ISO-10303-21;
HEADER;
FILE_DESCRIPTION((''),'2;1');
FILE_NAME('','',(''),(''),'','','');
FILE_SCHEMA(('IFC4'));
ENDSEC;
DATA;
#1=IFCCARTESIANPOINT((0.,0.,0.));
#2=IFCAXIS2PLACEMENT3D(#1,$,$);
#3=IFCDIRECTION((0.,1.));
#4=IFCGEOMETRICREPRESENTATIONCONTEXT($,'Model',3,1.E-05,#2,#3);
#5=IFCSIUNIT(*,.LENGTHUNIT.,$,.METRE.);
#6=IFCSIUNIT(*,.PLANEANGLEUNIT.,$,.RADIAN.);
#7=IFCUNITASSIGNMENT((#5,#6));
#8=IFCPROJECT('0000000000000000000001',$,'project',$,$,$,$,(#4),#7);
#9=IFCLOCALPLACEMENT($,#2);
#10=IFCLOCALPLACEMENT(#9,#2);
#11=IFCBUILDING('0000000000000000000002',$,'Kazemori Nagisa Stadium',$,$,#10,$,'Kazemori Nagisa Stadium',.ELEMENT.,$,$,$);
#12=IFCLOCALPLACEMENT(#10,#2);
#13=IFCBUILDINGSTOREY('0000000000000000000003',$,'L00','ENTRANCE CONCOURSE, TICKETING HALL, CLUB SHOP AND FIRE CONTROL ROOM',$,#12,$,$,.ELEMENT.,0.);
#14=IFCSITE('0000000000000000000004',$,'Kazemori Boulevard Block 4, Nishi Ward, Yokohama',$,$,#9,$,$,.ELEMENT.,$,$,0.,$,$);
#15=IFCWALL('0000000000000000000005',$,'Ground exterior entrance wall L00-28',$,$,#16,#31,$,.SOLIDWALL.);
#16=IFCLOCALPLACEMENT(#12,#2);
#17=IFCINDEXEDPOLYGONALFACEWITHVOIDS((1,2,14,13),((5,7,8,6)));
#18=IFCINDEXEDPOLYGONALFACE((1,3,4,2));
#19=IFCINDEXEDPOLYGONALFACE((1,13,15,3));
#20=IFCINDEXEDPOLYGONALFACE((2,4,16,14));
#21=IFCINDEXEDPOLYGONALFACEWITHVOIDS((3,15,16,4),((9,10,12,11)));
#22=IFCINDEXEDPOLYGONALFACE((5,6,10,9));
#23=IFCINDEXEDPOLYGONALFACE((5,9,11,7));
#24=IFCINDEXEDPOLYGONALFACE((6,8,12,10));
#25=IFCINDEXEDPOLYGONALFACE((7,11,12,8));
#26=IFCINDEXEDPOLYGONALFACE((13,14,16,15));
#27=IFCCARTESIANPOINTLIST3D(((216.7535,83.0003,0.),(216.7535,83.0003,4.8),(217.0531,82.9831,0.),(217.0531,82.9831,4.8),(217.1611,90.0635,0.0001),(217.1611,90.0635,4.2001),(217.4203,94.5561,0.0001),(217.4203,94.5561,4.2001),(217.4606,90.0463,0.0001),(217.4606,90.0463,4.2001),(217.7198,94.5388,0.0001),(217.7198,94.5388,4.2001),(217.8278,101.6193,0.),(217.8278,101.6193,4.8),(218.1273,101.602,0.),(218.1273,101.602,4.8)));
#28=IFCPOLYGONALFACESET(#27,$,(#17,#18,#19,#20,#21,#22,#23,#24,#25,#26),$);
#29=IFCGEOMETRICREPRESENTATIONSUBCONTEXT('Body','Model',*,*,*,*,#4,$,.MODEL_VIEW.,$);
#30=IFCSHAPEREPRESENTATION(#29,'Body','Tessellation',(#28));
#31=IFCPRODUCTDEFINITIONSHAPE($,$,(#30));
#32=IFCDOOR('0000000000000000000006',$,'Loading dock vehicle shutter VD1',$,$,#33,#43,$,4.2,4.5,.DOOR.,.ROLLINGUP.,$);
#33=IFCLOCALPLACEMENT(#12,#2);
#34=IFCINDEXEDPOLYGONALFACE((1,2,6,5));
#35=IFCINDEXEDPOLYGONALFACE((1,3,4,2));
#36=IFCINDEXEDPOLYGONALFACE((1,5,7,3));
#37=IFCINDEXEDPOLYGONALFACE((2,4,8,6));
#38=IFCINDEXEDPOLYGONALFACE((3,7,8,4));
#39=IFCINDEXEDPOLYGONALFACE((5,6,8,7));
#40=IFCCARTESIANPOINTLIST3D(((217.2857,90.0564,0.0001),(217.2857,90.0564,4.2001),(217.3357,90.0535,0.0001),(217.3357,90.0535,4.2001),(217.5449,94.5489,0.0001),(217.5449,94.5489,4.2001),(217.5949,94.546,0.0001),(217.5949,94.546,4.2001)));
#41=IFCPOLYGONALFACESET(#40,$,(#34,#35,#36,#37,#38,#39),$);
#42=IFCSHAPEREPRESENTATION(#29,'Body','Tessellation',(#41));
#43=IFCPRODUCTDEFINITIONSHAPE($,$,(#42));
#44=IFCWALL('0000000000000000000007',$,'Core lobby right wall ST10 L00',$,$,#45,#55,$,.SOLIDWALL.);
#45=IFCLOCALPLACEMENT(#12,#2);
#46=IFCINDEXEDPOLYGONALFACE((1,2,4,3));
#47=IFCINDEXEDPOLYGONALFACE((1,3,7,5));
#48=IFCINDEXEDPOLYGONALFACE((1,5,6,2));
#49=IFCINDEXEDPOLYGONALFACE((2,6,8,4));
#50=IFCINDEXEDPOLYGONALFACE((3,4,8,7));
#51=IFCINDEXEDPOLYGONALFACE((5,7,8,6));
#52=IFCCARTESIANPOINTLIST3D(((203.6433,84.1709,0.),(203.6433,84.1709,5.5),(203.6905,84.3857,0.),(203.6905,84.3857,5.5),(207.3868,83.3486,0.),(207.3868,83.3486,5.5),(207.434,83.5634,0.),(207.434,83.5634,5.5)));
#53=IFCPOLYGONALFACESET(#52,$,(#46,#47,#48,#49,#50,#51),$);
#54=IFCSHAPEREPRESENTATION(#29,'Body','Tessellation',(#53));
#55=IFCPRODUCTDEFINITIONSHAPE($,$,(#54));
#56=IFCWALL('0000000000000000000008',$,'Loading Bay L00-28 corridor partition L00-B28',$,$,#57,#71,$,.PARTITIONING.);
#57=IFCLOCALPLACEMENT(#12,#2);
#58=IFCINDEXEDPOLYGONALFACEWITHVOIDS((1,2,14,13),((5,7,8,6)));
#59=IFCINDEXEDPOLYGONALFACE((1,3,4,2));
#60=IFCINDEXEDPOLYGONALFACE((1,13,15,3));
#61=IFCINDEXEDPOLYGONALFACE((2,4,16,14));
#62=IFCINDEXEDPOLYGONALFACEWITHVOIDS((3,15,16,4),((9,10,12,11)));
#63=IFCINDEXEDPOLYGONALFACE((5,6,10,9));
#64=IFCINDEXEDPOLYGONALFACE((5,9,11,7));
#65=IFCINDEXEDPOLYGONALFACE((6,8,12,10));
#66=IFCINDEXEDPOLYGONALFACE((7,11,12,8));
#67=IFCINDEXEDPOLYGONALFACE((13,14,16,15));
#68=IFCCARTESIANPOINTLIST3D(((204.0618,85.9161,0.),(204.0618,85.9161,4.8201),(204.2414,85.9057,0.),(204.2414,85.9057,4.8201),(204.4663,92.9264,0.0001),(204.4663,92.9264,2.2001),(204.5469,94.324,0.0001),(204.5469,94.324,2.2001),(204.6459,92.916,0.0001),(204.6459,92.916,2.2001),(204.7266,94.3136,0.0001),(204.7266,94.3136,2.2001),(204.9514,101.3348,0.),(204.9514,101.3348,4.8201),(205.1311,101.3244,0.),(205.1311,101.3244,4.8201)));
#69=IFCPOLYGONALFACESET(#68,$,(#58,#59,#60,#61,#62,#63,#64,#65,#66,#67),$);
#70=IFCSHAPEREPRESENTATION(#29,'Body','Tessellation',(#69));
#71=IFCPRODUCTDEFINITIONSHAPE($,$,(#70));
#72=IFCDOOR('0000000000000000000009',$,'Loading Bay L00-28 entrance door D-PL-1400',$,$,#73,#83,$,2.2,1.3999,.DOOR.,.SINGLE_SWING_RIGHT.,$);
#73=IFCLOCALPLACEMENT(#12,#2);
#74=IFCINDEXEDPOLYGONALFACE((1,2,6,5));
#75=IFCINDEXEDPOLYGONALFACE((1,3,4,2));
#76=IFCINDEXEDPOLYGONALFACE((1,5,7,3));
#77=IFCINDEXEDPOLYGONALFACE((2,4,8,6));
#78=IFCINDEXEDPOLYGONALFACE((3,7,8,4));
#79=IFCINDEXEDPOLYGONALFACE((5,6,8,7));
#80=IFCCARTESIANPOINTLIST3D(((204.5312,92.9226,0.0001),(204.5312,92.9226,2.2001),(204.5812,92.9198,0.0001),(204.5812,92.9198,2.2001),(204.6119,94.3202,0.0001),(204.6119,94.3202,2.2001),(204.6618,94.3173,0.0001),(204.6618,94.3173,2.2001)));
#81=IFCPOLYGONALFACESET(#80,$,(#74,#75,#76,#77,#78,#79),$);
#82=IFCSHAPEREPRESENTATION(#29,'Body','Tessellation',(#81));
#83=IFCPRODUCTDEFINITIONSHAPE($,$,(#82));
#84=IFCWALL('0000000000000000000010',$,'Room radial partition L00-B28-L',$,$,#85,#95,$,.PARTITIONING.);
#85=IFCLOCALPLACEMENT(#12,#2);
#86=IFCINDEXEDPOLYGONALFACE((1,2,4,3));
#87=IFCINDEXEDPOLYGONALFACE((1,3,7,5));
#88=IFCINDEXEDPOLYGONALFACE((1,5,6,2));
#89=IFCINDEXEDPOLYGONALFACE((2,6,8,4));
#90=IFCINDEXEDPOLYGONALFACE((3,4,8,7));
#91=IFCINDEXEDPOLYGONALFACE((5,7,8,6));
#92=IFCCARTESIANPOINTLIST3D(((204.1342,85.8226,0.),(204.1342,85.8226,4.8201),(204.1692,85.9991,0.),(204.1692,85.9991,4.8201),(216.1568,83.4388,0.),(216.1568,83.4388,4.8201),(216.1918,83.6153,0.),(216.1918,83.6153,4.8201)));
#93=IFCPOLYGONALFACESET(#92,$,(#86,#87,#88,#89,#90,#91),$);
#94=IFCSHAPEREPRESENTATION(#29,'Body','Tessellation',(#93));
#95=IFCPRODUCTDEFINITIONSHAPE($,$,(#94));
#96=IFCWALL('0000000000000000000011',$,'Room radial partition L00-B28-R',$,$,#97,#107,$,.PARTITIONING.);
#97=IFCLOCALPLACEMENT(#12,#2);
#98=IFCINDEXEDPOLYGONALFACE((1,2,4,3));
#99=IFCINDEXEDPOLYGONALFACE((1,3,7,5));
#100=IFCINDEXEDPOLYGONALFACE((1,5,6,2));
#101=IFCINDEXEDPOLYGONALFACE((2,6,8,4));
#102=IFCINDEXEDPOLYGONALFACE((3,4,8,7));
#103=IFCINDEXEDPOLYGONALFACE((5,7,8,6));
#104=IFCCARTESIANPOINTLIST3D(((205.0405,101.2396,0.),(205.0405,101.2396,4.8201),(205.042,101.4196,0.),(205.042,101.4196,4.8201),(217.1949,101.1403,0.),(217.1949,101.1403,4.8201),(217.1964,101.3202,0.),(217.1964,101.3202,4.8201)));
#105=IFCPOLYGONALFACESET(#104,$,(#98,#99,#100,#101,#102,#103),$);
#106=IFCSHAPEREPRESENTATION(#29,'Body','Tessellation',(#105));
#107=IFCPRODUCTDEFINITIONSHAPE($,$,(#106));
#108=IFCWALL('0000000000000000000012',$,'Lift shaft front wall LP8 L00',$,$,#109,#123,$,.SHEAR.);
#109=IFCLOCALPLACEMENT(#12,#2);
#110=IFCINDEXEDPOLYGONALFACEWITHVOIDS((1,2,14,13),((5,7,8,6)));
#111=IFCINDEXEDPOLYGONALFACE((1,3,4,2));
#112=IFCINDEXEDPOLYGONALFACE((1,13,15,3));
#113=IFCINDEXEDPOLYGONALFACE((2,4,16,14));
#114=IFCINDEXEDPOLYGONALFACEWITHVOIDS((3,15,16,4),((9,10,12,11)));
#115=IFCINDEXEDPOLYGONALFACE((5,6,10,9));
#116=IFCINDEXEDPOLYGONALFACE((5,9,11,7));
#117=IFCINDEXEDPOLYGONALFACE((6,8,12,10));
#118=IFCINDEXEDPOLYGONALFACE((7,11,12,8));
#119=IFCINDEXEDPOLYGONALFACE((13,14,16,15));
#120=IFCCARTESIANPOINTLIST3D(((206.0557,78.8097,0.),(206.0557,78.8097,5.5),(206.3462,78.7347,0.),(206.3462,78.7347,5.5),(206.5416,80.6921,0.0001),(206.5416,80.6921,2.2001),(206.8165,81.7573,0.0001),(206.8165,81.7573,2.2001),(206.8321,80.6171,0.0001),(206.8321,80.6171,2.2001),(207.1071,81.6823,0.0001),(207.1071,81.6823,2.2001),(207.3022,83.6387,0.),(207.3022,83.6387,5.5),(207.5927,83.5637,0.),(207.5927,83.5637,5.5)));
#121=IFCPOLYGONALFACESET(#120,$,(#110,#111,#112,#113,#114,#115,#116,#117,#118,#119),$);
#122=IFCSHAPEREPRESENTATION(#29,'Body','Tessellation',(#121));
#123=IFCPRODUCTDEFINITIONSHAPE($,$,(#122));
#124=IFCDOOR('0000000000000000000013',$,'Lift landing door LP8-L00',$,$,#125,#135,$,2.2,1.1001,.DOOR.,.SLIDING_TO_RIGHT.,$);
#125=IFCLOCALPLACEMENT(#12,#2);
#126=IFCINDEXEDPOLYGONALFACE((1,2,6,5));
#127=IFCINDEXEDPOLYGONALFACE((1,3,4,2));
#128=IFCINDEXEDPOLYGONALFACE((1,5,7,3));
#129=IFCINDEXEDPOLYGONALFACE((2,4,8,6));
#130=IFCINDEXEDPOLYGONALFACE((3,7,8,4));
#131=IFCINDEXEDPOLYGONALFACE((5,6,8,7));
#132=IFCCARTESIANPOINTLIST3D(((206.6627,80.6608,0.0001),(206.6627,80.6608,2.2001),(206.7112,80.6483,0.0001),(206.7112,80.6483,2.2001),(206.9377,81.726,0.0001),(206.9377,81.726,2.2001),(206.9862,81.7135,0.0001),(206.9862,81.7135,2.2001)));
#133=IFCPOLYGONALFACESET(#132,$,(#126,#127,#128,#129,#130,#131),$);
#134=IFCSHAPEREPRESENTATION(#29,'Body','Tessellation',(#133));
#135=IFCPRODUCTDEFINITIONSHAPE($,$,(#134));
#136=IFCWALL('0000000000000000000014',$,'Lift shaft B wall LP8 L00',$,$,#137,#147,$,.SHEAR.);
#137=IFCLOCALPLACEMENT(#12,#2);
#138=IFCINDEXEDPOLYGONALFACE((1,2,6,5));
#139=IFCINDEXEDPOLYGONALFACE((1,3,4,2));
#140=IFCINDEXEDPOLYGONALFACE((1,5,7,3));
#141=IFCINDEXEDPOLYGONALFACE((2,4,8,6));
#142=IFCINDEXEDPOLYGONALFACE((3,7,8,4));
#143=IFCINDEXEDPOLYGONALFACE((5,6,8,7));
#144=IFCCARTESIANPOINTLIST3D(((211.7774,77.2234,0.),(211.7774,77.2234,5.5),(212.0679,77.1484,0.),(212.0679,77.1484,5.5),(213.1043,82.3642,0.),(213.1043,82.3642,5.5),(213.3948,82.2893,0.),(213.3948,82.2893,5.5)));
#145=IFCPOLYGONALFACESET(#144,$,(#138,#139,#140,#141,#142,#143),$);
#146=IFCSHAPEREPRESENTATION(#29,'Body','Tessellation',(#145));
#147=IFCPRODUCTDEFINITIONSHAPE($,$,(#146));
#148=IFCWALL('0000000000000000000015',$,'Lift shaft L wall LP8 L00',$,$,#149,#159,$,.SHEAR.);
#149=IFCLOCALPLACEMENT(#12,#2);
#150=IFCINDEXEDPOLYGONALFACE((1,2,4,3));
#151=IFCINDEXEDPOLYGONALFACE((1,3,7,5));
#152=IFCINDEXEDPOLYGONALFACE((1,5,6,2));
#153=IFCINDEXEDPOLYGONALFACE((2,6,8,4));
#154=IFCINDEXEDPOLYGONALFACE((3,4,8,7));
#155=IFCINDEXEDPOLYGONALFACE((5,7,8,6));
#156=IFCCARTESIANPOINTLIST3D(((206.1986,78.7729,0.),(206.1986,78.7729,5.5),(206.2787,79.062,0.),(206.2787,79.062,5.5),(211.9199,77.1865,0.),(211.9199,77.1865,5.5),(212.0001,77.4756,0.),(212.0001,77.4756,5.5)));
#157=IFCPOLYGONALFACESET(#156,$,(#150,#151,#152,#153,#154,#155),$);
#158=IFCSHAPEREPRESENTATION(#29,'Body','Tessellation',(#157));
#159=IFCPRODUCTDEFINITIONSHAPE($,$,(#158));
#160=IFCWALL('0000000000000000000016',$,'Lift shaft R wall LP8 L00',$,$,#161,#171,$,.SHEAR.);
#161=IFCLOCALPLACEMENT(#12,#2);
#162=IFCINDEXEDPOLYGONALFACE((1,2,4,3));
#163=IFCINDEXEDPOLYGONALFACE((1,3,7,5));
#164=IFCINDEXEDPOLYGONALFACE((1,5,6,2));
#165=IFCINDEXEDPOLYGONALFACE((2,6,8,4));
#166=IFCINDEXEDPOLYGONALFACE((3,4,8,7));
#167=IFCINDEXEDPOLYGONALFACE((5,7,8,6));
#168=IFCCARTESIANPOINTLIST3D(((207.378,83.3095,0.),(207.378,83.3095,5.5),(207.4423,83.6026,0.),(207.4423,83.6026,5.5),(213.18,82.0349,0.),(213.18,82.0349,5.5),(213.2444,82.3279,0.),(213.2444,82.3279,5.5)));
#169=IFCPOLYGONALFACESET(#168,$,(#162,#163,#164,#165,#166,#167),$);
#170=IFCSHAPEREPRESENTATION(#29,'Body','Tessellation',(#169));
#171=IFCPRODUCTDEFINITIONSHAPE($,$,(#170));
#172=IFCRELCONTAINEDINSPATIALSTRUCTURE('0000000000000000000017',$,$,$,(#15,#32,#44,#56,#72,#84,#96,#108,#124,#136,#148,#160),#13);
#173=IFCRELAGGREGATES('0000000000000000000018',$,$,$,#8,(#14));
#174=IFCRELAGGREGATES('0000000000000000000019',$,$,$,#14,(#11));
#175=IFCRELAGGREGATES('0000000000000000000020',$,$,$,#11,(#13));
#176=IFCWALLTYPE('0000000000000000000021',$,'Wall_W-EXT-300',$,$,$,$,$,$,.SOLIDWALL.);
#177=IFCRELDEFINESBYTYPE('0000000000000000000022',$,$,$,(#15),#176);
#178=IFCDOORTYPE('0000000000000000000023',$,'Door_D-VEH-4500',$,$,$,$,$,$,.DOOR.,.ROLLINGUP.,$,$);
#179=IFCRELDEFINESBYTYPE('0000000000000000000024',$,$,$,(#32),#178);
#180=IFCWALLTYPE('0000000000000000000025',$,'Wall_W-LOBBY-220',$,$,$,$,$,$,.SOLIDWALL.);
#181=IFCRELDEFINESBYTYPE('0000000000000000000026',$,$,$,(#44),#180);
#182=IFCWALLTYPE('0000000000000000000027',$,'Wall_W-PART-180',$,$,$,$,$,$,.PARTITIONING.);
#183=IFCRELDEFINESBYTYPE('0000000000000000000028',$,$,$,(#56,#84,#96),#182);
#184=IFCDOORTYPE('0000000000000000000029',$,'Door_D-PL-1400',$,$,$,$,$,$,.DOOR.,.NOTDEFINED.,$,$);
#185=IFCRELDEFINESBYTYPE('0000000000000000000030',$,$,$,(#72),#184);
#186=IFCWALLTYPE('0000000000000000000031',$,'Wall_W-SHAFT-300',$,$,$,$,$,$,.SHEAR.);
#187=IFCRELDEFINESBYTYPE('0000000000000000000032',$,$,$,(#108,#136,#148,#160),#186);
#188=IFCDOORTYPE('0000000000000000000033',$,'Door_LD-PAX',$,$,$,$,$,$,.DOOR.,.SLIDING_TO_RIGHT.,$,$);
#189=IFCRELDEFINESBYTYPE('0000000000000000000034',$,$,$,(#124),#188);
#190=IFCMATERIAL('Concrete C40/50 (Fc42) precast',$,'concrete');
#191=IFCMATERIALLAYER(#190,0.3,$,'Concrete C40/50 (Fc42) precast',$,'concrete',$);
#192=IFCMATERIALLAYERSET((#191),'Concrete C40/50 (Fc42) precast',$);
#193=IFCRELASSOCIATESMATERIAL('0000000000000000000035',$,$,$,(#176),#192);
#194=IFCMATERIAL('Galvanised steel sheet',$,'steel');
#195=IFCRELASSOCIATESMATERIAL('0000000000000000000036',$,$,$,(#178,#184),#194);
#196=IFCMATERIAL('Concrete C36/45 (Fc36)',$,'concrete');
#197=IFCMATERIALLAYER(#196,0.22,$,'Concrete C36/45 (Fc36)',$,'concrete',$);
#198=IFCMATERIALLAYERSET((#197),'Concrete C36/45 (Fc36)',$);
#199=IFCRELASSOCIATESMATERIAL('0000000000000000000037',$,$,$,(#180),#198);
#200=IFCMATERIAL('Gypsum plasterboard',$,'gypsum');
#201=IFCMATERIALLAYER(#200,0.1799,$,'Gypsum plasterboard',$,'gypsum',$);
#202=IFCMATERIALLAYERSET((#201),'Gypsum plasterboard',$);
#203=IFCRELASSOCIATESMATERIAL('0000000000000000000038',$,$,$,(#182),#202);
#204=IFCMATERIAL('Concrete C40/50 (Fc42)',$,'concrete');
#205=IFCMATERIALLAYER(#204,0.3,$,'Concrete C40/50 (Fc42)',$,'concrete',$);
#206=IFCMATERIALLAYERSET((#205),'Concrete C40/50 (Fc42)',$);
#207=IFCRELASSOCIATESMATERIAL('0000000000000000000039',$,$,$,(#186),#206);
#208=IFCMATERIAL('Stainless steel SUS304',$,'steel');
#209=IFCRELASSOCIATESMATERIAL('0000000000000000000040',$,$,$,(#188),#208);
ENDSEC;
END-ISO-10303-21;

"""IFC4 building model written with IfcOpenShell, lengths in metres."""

from ifc_helpers import new_model, si_unit, direction, frame, frame_2d, origin, place, context, subcontext, project, spatial, rectangle, extrude, material, layer, layer_set, type_object, element, fill, save


model = new_model("IFC4")

# Units and contexts
model_context = context("Model", 3, precision=1e-05, world=origin(), true_north=direction((0.0, 1.0)))
body_context = subcontext(model_context, "Body", "Model", "MODEL_VIEW")
ifc_project = project(units=[si_unit("LENGTHUNIT", "METRE"), si_unit("PLANEANGLEUNIT", "RADIAN")], contexts=[model_context])

# Site, building, storey
site_placement = place(None, origin())
site = spatial("IfcSite", under=ifc_project, at=site_placement, Name="Kazemori Boulevard Block 4, Nishi Ward, Yokohama", CompositionType="ELEMENT", RefElevation=0.0)
building_placement = place(site_placement, origin())
building = spatial("IfcBuilding", under=site, at=building_placement, Name="Kazemori Nagisa Stadium", LongName="Kazemori Nagisa Stadium", CompositionType="ELEMENT")
storey_placement = place(building_placement, origin())
storey = spatial("IfcBuildingStorey", under=building, at=storey_placement, Name="L00", Description="ENTRANCE CONCOURSE, TICKETING HALL, CLUB SHOP AND FIRE CONTROL ROOM", CompositionType="ELEMENT", Elevation=0.0)

# Shared definitions
ifc_material_1 = material(Name="Concrete C40/50 (Fc42)", Category="concrete")

# Wall, opening, door
ifc_material_2 = material(Name="Concrete C40/50 (Fc42) precast", Category="concrete")
ifc_layer_1 = layer(ifc_material_2, 0.3, Name="Concrete C40/50 (Fc42) precast", Category="concrete")
ifc_layer_set_1 = layer_set([ifc_layer_1], Name="Concrete C40/50 (Fc42) precast")
wall_type_1 = type_object("IfcWallType", Name="Wall_W-EXT-300", PredefinedType="SOLIDWALL", material=ifc_layer_set_1)
wall_1_placement = place(storey_placement, frame((216.9033, 82.9917, 0.0), z_axis=(0.0, 0.0, 1.0), x_axis=(0.057599, 0.99834, 0.0)))
wall_1 = element("IfcWall", 1, at=wall_1_placement, inside=storey, type_object=wall_type_1, Name="Ground exterior entrance wall L00-28", PredefinedType="SOLIDWALL", context=body_context, shape_type="SweptSolid", body=[
    extrude(rectangle(XDim=18.6499, YDim=0.3, at=frame_2d((9.325, 0.0))), origin(), (0.0, 0.0, 1.0), 4.8),
])
opening_1_placement = place(wall_1_placement, frame((7.075, 0.0, 0.0)))
opening_1 = element("IfcOpeningElement", 2, at=opening_1_placement, cuts=wall_1, PredefinedType="OPENING", context=body_context, shape_type="SweptSolid", body=[
    extrude(rectangle(XDim=4.5, YDim=4.2, at=frame_2d((2.25, 2.1001))), frame((0.0, 0.1599, 0.0), z_axis=(0.0, -1.0, 0.0), x_axis=(1.0, 0.0, 0.0)), (0.0, 0.0, 1.0), 0.3201),
])
ifc_material_3 = material(Name="Galvanised steel sheet", Category="steel")
door_type_1 = type_object("IfcDoorType", Name="Door_D-VEH-4500", OperationType="ROLLINGUP", PredefinedType="DOOR", material=ifc_material_3)
door_1_placement = place(opening_1_placement, frame((4.5, 0.0, 0.0), z_axis=(0.0, 0.0, 1.0), x_axis=(-1.0, 0.0, 0.0)))
door_1 = element("IfcDoor", 3, at=door_1_placement, inside=storey, type_object=door_type_1, Name="Loading dock vehicle shutter VD1", OperationType="ROLLINGUP", OverallHeight=4.2, OverallWidth=4.5, PredefinedType="DOOR", context=body_context, shape_type="SweptSolid", body=[
    extrude(rectangle(XDim=4.5, YDim=4.2, at=frame_2d((2.25, 2.1001))), frame((0.0, 0.0249, 0.0), z_axis=(0.0, -1.0, 0.0), x_axis=(1.0, 0.0, 0.0)), (0.0, 0.0, 1.0), 0.05),
])
fill(opening_1, door_1)

# Wall
ifc_material_4 = material(Name="Concrete C36/45 (Fc36)", Category="concrete")
ifc_layer_2 = layer(ifc_material_4, 0.22, Name="Concrete C36/45 (Fc36)", Category="concrete")
ifc_layer_set_2 = layer_set([ifc_layer_2], Name="Concrete C36/45 (Fc36)")
wall_type_2 = type_object("IfcWallType", Name="Wall_W-LOBBY-220", PredefinedType="SOLIDWALL", material=ifc_layer_set_2)
wall_2_placement = place(storey_placement, frame((203.6667, 84.2783, 0.0), z_axis=(0.0, 0.0, 1.0), x_axis=(0.976715, -0.214542, 0.0)))
element("IfcWall", 4, at=wall_2_placement, inside=storey, type_object=wall_type_2, Name="Core lobby right wall ST10 L00", PredefinedType="SOLIDWALL", context=body_context, shape_type="SweptSolid", body=[
    extrude(rectangle(XDim=3.8328, YDim=0.22, at=frame_2d((1.9165, 0.0))), origin(), (0.0, 0.0, 1.0), 5.5),
])

# Wall, opening, door
ifc_material_5 = material(Name="Gypsum plasterboard", Category="gypsum")
ifc_layer_3 = layer(ifc_material_5, 0.1799, Name="Gypsum plasterboard", Category="gypsum")
ifc_layer_set_3 = layer_set([ifc_layer_3], Name="Gypsum plasterboard")
wall_type_3 = type_object("IfcWallType", Name="Wall_W-PART-180", PredefinedType="PARTITIONING", material=ifc_layer_set_3)
wall_3_placement = place(storey_placement, frame((204.1516, 85.9109, 0.0), z_axis=(0.0, 0.0, 1.0), x_axis=(0.057604, 0.99834, 0.0)))
wall_3 = element("IfcWall", 5, at=wall_3_placement, inside=storey, type_object=wall_type_3, Name="Loading Bay L00-28 corridor partition L00-B28", PredefinedType="PARTITIONING", context=body_context, shape_type="SweptSolid", body=[
    extrude(rectangle(XDim=15.4443, YDim=0.1799, at=frame_2d((7.7222, 0.0))), origin(), (0.0, 0.0, 1.0), 4.8201),
])
opening_2_placement = place(wall_3_placement, frame((7.022, 0.0, 0.0)))
opening_2 = element("IfcOpeningElement", 6, at=opening_2_placement, cuts=wall_3, PredefinedType="OPENING", context=body_context, shape_type="SweptSolid", body=[
    extrude(rectangle(XDim=1.3999, YDim=2.2, at=frame_2d((0.7, 1.1001))), frame((0.0, 0.0999, 0.0), z_axis=(0.0, -1.0, 0.0), x_axis=(1.0, 0.0, 0.0)), (0.0, 0.0, 1.0), 0.2),
])
door_type_2 = type_object("IfcDoorType", Name="Door_D-PL-1400", OperationType="NOTDEFINED", PredefinedType="DOOR", material=ifc_material_3)
door_2_placement = place(opening_2_placement, origin())
door_2 = element("IfcDoor", 7, at=door_2_placement, inside=storey, type_object=door_type_2, Name="Loading Bay L00-28 entrance door D-PL-1400", OperationType="SINGLE_SWING_RIGHT", OverallHeight=2.2, OverallWidth=1.3999, PredefinedType="DOOR", context=body_context, shape_type="SweptSolid", body=[
    extrude(rectangle(XDim=1.3999, YDim=2.2, at=frame_2d((0.7, 1.1001))), frame((0.0, 0.0249, 0.0), z_axis=(0.0, -1.0, 0.0), x_axis=(1.0, 0.0, 0.0)), (0.0, 0.0, 1.0), 0.05),
])
fill(opening_2, door_2)

# Walls
wall_4_placement = place(storey_placement, frame((204.1516, 85.9109, 0.0), z_axis=(0.0, 0.0, 1.0), x_axis=(0.980904, -0.194492, 0.0)))
element("IfcWall", 8, at=wall_4_placement, inside=storey, type_object=wall_type_3, Name="Room radial partition L00-B28-L", PredefinedType="PARTITIONING", context=body_context, shape_type="SweptSolid", body=[
    extrude(rectangle(XDim=12.2566, YDim=0.1799, at=frame_2d((6.1284, 0.0))), origin(), (0.0, 0.0, 1.0), 4.8201),
])
wall_5_placement = place(storey_placement, frame((205.0413, 101.3296, 0.0), z_axis=(0.0, 0.0, 1.0), x_axis=(0.999967, -0.008175, 0.0)))
element("IfcWall", 9, at=wall_5_placement, inside=storey, type_object=wall_type_3, Name="Room radial partition L00-B28-R", PredefinedType="PARTITIONING", context=body_context, shape_type="SweptSolid", body=[
    extrude(rectangle(XDim=12.1548, YDim=0.1799, at=frame_2d((6.0774, 0.0))), origin(), (0.0, 0.0, 1.0), 4.8201),
])

# Wall, opening, door
ifc_layer_4 = layer(ifc_material_1, 0.3, Name="Concrete C40/50 (Fc42)", Category="concrete")
ifc_layer_set_4 = layer_set([ifc_layer_4], Name="Concrete C40/50 (Fc42)")
wall_type_4 = type_object("IfcWallType", Name="Wall_W-SHAFT-300", PredefinedType="SHEAR", material=ifc_layer_set_4)
wall_6_placement = place(storey_placement, frame((206.2009, 78.7722, 0.0), z_axis=(0.0, 0.0, 1.0), x_axis=(0.249946, 0.96826, 0.0)))
wall_6 = element("IfcWall", 10, at=wall_6_placement, inside=storey, type_object=wall_type_4, Name="Lift shaft front wall LP8 L00", PredefinedType="SHEAR", context=body_context, shape_type="SweptSolid", body=[
    extrude(rectangle(XDim=4.9873, YDim=0.3, at=frame_2d((2.4937, 0.0))), origin(), (0.0, 0.0, 1.0), 5.5),
])
opening_3_placement = place(wall_6_placement, frame((1.9441, 0.0, 0.0)))
opening_3 = element("IfcOpeningElement", 11, at=opening_3_placement, cuts=wall_6, PredefinedType="OPENING", context=body_context, shape_type="SweptSolid", body=[
    extrude(rectangle(XDim=1.1001, YDim=2.2, at=frame_2d((0.55, 1.1001))), frame((0.0, 0.1599, 0.0), z_axis=(0.0, -1.0, 0.0), x_axis=(1.0, 0.0, 0.0)), (0.0, 0.0, 1.0), 0.3201),
])
ifc_material_6 = material(Name="Stainless steel SUS304", Category="steel")
door_type_3 = type_object("IfcDoorType", Name="Door_LD-PAX", OperationType="SLIDING_TO_RIGHT", PredefinedType="DOOR", material=ifc_material_6)
door_3_placement = place(opening_3_placement, origin())
door_3 = element("IfcDoor", 12, at=door_3_placement, inside=storey, type_object=door_type_3, Name="Lift landing door LP8-L00", OperationType="SLIDING_TO_RIGHT", OverallHeight=2.2, OverallWidth=1.1001, PredefinedType="DOOR", context=body_context, shape_type="SweptSolid", body=[
    extrude(rectangle(XDim=1.1001, YDim=2.2, at=frame_2d((0.55, 1.1001))), frame((0.0, 0.0249, 0.0), z_axis=(0.0, -1.0, 0.0), x_axis=(1.0, 0.0, 0.0)), (0.0, 0.0, 1.0), 0.05),
])
fill(opening_3, door_3)

# Walls
wall_7_placement = place(storey_placement, frame((211.9226, 77.1858, 0.0), z_axis=(0.0, 0.0, 1.0), x_axis=(0.249918, 0.968267, 0.0)))
element("IfcWall", 13, at=wall_7_placement, inside=storey, type_object=wall_type_4, Name="Lift shaft B wall LP8 L00", PredefinedType="SHEAR", context=body_context, shape_type="SweptSolid", body=[
    extrude(rectangle(XDim=5.3093, YDim=0.3, at=frame_2d((2.6548, 0.0))), origin(), (0.0, 0.0, 1.0), 5.5),
])
wall_8_placement = place(storey_placement, frame((206.2385, 78.9175, 0.0), z_axis=(0.0, 0.0, 1.0), x_axis=(0.963642, -0.267196, 0.0)))
element("IfcWall", 14, at=wall_8_placement, inside=storey, type_object=wall_type_4, Name="Lift shaft L wall LP8 L00", PredefinedType="SHEAR", context=body_context, shape_type="SweptSolid", body=[
    extrude(rectangle(XDim=5.9373, YDim=0.3, at=frame_2d((2.9688, 0.0))), origin(), (0.0, 0.0, 1.0), 5.5),
])
wall_9_placement = place(storey_placement, frame((207.4102, 83.4561, 0.0), z_axis=(0.0, 0.0, 1.0), x_axis=(0.976707, -0.214576, 0.0)))
element("IfcWall", 15, at=wall_9_placement, inside=storey, type_object=wall_type_4, Name="Lift shaft R wall LP8 L00", PredefinedType="SHEAR", context=body_context, shape_type="SweptSolid", body=[
    extrude(rectangle(XDim=5.9404, YDim=0.3, at=frame_2d((2.9702, 0.0))), origin(), (0.0, 0.0, 1.0), 5.5),
])

save(model, "model.ifc")
